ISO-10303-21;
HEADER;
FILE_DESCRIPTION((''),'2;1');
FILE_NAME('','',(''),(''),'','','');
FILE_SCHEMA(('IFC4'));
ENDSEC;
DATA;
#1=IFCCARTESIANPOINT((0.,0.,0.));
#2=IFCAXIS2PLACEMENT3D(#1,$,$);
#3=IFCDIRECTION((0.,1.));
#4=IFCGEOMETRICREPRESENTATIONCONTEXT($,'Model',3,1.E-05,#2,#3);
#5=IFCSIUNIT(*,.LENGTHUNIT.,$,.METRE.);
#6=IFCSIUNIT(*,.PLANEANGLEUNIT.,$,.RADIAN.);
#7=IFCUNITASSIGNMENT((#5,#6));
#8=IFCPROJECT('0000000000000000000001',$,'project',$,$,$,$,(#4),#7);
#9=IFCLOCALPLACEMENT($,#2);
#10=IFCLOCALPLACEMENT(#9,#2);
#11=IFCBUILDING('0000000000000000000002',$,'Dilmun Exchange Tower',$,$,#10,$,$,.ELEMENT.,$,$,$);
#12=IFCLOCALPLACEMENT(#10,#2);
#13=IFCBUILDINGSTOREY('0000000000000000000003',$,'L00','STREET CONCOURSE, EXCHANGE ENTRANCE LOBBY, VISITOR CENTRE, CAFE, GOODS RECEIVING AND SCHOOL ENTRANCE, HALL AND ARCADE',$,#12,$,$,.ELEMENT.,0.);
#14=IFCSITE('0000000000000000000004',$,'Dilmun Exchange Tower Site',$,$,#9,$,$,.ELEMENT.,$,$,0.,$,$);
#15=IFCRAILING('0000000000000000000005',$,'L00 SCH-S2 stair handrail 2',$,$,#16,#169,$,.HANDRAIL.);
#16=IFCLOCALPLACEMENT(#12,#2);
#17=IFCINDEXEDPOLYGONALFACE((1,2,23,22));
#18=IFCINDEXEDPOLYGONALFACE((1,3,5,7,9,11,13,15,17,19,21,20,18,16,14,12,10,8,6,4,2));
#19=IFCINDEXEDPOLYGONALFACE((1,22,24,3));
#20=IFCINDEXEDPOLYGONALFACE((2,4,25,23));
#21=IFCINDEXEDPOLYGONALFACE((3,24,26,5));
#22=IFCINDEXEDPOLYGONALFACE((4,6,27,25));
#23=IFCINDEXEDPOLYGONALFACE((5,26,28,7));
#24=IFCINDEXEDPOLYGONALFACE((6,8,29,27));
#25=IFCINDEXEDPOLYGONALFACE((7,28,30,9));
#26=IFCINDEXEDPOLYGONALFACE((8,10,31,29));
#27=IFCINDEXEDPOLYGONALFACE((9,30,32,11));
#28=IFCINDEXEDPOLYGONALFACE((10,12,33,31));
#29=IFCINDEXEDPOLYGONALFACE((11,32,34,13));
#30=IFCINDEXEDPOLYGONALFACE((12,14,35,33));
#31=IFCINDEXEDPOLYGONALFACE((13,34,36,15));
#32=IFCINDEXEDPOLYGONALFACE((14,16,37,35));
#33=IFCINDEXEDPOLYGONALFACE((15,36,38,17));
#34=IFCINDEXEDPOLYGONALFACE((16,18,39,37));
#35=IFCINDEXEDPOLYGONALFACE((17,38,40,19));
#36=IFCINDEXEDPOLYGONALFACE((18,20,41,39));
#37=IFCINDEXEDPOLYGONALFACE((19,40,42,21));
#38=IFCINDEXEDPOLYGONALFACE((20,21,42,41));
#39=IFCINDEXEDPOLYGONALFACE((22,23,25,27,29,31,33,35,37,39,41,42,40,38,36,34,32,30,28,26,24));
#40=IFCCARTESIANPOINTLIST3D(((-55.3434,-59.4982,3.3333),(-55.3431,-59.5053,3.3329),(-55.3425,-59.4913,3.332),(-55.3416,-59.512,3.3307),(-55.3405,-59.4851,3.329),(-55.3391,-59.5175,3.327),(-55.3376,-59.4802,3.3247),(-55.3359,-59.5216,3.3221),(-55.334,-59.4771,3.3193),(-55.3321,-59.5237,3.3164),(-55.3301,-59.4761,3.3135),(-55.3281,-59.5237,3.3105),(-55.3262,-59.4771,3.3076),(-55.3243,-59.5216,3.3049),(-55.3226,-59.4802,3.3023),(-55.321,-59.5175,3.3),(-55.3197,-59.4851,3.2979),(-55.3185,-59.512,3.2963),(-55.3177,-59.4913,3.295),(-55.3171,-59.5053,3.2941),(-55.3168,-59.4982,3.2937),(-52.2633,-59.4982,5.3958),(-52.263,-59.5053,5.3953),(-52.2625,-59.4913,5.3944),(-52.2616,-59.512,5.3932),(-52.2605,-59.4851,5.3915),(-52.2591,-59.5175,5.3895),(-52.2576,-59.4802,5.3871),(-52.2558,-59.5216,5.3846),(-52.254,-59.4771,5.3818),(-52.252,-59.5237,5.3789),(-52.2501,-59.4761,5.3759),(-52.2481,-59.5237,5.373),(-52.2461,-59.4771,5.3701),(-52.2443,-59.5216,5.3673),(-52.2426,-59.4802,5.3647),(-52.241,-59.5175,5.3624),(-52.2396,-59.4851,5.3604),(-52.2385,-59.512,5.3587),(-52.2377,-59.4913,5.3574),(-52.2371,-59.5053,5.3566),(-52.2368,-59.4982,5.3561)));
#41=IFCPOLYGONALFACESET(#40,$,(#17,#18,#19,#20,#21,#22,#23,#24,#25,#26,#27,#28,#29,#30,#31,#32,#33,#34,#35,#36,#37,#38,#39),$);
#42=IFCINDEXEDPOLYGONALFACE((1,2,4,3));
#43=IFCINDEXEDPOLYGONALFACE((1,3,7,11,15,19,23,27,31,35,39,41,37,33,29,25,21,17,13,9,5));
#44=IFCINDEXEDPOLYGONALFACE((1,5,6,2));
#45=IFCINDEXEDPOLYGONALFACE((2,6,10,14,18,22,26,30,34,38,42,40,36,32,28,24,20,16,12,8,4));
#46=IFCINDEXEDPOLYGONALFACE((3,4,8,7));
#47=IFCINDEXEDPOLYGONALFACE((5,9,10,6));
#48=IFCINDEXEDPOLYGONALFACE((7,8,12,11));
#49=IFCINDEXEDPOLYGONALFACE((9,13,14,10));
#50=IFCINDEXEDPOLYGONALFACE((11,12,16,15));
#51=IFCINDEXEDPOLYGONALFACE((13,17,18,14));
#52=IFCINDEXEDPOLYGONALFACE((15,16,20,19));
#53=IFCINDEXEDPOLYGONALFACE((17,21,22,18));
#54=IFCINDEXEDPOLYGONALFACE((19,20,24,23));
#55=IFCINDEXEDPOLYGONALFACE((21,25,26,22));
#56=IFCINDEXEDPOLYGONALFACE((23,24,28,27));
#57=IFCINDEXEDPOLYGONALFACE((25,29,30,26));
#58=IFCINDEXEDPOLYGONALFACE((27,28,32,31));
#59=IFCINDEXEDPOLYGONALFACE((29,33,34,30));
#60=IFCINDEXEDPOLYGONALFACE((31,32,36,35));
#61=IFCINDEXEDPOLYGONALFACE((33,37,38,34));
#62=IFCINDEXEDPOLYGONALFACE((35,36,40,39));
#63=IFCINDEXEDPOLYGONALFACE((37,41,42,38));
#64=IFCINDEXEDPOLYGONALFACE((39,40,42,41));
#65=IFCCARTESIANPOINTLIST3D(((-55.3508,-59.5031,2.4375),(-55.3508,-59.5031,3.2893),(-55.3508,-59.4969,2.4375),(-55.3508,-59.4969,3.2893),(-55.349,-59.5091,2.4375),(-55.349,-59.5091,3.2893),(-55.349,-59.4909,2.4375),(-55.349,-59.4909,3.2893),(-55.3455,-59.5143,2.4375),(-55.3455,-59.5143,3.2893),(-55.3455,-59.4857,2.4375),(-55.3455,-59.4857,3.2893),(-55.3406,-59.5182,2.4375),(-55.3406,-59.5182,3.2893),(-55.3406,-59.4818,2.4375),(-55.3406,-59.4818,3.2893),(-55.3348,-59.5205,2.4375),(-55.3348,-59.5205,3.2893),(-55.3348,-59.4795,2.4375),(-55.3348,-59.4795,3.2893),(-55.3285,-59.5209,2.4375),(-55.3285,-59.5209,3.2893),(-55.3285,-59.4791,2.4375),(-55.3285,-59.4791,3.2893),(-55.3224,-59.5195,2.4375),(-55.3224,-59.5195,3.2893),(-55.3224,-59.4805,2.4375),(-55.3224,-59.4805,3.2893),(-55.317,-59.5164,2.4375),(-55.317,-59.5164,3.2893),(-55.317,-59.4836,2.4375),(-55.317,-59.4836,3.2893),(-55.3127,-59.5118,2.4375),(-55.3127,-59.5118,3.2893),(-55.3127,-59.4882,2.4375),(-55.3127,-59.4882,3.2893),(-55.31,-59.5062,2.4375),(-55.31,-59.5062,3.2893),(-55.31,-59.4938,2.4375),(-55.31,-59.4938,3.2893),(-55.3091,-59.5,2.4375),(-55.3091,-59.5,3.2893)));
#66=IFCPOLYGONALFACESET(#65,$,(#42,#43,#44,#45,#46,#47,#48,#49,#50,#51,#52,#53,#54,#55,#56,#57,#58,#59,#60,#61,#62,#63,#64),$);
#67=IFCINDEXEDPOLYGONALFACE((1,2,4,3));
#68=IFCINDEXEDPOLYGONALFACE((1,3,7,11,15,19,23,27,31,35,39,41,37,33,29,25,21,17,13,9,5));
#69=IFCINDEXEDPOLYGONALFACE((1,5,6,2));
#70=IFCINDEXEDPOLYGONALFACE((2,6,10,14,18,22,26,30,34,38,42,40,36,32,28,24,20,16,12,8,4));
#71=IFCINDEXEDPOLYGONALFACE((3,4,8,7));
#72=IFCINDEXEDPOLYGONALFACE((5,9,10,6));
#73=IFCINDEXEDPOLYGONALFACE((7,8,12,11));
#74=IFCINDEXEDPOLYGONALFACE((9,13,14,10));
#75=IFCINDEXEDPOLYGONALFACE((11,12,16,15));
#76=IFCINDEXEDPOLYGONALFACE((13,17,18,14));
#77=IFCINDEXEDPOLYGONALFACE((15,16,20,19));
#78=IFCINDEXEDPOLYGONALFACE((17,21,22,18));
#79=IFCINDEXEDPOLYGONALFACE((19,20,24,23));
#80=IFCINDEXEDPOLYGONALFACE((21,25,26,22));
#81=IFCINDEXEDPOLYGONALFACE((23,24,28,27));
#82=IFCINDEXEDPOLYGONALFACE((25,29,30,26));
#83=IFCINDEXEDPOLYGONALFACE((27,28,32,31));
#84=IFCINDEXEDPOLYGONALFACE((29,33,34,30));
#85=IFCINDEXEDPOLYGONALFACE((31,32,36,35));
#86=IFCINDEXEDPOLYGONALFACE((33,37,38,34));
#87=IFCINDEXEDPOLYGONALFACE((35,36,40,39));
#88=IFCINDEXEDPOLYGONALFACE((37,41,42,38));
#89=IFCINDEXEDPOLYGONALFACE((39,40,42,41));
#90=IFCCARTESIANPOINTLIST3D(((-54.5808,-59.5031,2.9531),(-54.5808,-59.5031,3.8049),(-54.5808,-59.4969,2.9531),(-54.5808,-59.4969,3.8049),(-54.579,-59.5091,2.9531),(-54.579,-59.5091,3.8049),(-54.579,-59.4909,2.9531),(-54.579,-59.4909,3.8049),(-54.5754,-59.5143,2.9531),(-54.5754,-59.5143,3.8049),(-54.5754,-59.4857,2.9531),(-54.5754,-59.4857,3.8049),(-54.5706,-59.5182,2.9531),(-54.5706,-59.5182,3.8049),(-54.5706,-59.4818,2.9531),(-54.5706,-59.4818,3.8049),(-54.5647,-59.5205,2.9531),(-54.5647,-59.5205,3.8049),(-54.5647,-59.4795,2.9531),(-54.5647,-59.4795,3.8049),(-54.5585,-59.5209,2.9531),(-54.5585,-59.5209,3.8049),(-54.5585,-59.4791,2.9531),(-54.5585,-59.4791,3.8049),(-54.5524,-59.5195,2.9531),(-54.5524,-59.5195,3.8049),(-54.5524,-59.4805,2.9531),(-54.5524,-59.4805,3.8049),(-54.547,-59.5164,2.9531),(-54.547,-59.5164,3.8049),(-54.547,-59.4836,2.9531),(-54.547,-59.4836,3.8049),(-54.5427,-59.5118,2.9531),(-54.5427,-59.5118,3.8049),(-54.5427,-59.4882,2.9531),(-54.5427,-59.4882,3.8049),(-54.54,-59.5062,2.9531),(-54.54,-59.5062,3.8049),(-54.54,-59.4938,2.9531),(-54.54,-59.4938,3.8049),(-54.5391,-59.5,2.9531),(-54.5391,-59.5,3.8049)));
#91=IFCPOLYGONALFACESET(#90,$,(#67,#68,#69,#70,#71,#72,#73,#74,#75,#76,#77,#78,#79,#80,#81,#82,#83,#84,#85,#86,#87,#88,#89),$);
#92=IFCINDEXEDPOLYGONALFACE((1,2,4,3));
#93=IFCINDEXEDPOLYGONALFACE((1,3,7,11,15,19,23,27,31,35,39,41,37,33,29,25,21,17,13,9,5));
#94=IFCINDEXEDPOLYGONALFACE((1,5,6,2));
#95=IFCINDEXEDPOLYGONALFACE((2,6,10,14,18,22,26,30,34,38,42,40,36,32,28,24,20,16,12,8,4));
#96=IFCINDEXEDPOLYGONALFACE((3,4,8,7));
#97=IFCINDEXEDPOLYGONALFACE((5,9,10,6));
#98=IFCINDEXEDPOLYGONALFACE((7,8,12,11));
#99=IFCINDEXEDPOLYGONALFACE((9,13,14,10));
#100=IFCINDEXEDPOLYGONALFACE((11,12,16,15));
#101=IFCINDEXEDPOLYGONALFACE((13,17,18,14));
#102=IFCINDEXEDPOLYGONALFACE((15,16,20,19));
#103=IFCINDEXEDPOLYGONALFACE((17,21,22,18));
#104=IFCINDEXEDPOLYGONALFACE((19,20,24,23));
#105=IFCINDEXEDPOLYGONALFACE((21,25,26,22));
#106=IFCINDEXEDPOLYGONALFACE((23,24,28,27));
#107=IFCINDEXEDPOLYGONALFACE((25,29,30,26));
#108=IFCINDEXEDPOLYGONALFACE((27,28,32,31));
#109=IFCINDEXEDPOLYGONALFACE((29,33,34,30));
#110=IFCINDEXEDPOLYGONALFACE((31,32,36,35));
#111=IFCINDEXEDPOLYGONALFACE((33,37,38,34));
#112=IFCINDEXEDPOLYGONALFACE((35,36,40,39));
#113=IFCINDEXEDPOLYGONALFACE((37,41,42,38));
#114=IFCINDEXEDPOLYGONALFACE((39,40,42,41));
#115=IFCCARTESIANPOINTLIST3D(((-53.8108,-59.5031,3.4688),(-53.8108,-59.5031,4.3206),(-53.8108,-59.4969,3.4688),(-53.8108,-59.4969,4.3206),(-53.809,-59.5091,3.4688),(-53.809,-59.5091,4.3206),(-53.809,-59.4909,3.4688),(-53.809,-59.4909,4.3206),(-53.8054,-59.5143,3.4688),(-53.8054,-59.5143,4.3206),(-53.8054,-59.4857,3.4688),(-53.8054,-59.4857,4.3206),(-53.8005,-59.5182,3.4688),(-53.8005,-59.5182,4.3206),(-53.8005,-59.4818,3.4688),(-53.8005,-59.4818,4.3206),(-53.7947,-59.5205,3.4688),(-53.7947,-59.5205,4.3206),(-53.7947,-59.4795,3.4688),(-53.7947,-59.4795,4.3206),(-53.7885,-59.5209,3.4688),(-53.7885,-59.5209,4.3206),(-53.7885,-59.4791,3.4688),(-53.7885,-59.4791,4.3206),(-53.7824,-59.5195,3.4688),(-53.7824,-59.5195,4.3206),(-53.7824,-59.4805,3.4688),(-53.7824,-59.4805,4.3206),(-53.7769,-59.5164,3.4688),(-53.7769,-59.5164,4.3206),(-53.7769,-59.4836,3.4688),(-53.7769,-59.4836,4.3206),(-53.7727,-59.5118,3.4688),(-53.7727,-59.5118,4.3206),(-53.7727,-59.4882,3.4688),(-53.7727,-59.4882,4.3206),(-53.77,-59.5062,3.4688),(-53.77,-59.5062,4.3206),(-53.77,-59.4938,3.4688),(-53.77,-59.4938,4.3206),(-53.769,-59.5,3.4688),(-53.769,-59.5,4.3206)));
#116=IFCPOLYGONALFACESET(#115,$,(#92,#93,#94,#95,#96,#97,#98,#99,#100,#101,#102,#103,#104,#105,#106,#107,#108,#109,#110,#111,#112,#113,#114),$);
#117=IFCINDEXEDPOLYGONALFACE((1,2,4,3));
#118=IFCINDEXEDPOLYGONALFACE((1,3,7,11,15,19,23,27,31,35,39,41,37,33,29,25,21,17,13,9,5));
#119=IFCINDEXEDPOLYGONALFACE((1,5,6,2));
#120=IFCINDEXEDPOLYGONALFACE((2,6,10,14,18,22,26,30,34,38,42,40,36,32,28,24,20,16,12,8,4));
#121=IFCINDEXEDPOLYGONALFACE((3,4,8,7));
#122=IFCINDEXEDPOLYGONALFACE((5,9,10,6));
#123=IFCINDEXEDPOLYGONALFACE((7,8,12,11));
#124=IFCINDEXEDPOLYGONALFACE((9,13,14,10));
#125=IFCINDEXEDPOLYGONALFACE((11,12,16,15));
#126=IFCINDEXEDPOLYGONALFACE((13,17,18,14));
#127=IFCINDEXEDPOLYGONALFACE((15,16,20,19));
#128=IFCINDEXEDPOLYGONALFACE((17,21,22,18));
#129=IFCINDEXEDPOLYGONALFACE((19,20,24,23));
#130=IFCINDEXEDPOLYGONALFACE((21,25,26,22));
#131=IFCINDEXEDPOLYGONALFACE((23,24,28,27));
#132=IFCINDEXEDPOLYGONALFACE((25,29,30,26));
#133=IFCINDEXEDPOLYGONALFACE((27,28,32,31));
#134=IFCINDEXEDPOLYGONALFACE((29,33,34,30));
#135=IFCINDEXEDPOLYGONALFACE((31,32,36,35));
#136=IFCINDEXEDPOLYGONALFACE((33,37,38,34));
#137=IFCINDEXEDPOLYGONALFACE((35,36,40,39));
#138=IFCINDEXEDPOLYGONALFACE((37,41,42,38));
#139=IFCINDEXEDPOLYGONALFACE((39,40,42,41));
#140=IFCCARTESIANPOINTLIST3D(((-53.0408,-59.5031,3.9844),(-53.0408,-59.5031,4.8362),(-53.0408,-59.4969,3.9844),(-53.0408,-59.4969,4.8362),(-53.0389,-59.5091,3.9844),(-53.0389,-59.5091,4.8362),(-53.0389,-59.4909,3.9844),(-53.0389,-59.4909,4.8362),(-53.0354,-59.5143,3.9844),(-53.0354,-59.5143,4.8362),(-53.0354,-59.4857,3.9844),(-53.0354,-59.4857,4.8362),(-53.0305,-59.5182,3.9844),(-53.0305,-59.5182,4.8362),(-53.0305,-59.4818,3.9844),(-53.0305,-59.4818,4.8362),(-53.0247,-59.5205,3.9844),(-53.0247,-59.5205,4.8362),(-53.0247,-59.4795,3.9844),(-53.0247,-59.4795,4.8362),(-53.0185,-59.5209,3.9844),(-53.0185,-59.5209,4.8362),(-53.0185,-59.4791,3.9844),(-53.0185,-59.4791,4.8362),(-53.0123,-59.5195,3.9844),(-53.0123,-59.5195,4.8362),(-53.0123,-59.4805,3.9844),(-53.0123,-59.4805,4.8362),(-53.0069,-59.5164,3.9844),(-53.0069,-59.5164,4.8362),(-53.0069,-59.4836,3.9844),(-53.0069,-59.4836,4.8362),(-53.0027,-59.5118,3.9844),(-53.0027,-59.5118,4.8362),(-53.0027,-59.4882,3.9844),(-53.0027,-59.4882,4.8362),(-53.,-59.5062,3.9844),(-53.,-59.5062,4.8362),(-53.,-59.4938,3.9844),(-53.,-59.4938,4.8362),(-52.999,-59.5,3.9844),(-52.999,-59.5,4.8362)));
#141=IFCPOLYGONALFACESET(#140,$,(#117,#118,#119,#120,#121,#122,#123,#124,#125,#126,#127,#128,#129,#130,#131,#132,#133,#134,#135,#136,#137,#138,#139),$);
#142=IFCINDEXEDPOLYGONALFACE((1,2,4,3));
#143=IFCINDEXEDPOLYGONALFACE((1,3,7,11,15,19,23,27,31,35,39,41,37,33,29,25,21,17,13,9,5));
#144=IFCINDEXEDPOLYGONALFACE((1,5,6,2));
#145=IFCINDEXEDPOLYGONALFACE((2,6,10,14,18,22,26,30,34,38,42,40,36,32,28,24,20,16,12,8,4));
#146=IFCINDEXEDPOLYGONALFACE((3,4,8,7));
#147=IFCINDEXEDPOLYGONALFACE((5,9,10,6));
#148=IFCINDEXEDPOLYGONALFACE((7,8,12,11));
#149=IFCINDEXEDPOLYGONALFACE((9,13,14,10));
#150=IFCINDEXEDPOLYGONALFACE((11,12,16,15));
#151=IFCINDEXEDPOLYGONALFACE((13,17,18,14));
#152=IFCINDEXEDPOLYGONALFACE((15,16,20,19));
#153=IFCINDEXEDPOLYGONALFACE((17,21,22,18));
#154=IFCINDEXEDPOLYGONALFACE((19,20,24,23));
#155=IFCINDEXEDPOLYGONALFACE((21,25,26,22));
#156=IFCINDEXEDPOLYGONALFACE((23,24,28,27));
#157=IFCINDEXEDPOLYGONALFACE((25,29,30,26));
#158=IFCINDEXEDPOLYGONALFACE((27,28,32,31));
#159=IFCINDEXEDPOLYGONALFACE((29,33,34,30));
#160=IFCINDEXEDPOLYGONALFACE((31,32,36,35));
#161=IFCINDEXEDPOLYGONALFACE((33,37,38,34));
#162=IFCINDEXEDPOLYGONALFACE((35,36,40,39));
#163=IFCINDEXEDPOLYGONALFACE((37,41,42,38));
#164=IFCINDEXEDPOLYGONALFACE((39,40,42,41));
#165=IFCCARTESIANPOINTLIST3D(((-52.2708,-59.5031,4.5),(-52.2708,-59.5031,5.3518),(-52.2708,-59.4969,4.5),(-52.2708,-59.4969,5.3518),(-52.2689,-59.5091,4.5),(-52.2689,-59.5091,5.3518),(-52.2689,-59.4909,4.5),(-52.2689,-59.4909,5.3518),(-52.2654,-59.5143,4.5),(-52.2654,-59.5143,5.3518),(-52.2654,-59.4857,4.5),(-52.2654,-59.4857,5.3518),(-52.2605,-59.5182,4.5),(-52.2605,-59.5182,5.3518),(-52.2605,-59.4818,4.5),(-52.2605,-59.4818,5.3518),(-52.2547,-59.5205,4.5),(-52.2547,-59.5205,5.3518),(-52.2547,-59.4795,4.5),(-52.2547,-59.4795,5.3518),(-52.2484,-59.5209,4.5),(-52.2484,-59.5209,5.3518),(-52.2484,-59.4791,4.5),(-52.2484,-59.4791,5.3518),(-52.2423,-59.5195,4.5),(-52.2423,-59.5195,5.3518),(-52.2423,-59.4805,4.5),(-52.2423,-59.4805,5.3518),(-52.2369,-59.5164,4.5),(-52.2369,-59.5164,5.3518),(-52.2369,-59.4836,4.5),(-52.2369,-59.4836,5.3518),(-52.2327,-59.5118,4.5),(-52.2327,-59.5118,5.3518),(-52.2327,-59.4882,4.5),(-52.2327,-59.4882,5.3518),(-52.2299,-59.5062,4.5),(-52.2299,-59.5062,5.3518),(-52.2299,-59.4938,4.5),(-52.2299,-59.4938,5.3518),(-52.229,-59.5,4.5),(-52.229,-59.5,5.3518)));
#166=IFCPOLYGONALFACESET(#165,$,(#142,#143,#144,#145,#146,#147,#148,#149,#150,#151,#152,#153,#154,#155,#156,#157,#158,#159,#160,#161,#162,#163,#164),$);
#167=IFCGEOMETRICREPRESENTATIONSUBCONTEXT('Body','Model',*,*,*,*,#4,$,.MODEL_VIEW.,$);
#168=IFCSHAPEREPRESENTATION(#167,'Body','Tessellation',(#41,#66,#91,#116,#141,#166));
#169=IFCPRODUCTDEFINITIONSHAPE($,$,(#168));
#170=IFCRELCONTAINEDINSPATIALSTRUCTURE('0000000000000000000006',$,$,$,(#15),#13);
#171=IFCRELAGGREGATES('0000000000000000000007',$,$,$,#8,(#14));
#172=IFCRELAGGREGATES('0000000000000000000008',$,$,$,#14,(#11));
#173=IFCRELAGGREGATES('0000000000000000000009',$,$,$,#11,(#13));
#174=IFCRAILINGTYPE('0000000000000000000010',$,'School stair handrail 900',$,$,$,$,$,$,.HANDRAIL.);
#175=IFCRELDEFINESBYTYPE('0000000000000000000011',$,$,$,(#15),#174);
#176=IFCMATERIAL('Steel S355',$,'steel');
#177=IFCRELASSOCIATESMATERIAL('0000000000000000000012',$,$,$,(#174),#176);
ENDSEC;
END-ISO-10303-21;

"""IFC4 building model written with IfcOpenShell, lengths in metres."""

from ifc_helpers import new_model, si_unit, direction, frame, origin, origin_2d, place, context, subcontext, project, spatial, circle, extrude, material, type_object, element, save


model = new_model("IFC4")

# Units and contexts
model_context = context("Model", 3, precision=1e-05, world=origin(), true_north=direction((0.0, 1.0)))
body_context = subcontext(model_context, "Body", "Model", "MODEL_VIEW")
ifc_project = project(units=[si_unit("LENGTHUNIT", "METRE"), si_unit("PLANEANGLEUNIT", "RADIAN")], contexts=[model_context])

# Site, building, storey
site_placement = place(None, origin())
site = spatial("IfcSite", under=ifc_project, at=site_placement, Name="Dilmun Exchange Tower Site", CompositionType="ELEMENT", RefElevation=0.0)
building_placement = place(site_placement, origin())
building = spatial("IfcBuilding", under=site, at=building_placement, Name="Dilmun Exchange Tower", CompositionType="ELEMENT")
storey_placement = place(building_placement, origin())
storey = spatial("IfcBuildingStorey", under=building, at=storey_placement, Name="L00", Description="STREET CONCOURSE, EXCHANGE ENTRANCE LOBBY, VISITOR CENTRE, CAFE, GOODS RECEIVING AND SCHOOL ENTRANCE, HALL AND ARCADE", CompositionType="ELEMENT", Elevation=0.0)

# Railing
ifc_material_1 = material(Name="Steel S355", Category="steel")
railing_type_1 = type_object("IfcRailingType", Name="School stair handrail 900", PredefinedType="HANDRAIL", material=ifc_material_1)
railing_1_placement = place(storey_placement, frame((-55.3301, -59.5, 2.4375)))
element("IfcRailing", 1, at=railing_1_placement, inside=storey, type_object=railing_type_1, Name="L00 SCH-S2 stair handrail 2", PredefinedType="HANDRAIL", context=body_context, shape_type="SweptSolid", body=[
    extrude(circle(Radius=0.0239, at=origin_2d()), frame((0.0, 0.0, 0.876), z_axis=(0.830914, 0.0, 0.556401), x_axis=(0.0, 1.0, 0.0)), (0.0, 0.0, 1.0), 3.7068),
    extrude(circle(Radius=0.021, at=origin_2d()), origin(), (0.0, 0.0, 1.0), 0.8518),
    extrude(circle(Radius=0.021, at=origin_2d()), frame((0.77, 0.0, 0.5156)), (0.0, 0.0, 1.0), 0.8518),
    extrude(circle(Radius=0.021, at=origin_2d()), frame((1.54, 0.0, 1.0312)), (0.0, 0.0, 1.0), 0.8518),
    extrude(circle(Radius=0.021, at=origin_2d()), frame((2.3101, 0.0, 1.5469)), (0.0, 0.0, 1.0), 0.8518),
    extrude(circle(Radius=0.021, at=origin_2d()), frame((3.0801, 0.0, 2.0625)), (0.0, 0.0, 1.0), 0.8518),
])

save(model, "model.ifc")
